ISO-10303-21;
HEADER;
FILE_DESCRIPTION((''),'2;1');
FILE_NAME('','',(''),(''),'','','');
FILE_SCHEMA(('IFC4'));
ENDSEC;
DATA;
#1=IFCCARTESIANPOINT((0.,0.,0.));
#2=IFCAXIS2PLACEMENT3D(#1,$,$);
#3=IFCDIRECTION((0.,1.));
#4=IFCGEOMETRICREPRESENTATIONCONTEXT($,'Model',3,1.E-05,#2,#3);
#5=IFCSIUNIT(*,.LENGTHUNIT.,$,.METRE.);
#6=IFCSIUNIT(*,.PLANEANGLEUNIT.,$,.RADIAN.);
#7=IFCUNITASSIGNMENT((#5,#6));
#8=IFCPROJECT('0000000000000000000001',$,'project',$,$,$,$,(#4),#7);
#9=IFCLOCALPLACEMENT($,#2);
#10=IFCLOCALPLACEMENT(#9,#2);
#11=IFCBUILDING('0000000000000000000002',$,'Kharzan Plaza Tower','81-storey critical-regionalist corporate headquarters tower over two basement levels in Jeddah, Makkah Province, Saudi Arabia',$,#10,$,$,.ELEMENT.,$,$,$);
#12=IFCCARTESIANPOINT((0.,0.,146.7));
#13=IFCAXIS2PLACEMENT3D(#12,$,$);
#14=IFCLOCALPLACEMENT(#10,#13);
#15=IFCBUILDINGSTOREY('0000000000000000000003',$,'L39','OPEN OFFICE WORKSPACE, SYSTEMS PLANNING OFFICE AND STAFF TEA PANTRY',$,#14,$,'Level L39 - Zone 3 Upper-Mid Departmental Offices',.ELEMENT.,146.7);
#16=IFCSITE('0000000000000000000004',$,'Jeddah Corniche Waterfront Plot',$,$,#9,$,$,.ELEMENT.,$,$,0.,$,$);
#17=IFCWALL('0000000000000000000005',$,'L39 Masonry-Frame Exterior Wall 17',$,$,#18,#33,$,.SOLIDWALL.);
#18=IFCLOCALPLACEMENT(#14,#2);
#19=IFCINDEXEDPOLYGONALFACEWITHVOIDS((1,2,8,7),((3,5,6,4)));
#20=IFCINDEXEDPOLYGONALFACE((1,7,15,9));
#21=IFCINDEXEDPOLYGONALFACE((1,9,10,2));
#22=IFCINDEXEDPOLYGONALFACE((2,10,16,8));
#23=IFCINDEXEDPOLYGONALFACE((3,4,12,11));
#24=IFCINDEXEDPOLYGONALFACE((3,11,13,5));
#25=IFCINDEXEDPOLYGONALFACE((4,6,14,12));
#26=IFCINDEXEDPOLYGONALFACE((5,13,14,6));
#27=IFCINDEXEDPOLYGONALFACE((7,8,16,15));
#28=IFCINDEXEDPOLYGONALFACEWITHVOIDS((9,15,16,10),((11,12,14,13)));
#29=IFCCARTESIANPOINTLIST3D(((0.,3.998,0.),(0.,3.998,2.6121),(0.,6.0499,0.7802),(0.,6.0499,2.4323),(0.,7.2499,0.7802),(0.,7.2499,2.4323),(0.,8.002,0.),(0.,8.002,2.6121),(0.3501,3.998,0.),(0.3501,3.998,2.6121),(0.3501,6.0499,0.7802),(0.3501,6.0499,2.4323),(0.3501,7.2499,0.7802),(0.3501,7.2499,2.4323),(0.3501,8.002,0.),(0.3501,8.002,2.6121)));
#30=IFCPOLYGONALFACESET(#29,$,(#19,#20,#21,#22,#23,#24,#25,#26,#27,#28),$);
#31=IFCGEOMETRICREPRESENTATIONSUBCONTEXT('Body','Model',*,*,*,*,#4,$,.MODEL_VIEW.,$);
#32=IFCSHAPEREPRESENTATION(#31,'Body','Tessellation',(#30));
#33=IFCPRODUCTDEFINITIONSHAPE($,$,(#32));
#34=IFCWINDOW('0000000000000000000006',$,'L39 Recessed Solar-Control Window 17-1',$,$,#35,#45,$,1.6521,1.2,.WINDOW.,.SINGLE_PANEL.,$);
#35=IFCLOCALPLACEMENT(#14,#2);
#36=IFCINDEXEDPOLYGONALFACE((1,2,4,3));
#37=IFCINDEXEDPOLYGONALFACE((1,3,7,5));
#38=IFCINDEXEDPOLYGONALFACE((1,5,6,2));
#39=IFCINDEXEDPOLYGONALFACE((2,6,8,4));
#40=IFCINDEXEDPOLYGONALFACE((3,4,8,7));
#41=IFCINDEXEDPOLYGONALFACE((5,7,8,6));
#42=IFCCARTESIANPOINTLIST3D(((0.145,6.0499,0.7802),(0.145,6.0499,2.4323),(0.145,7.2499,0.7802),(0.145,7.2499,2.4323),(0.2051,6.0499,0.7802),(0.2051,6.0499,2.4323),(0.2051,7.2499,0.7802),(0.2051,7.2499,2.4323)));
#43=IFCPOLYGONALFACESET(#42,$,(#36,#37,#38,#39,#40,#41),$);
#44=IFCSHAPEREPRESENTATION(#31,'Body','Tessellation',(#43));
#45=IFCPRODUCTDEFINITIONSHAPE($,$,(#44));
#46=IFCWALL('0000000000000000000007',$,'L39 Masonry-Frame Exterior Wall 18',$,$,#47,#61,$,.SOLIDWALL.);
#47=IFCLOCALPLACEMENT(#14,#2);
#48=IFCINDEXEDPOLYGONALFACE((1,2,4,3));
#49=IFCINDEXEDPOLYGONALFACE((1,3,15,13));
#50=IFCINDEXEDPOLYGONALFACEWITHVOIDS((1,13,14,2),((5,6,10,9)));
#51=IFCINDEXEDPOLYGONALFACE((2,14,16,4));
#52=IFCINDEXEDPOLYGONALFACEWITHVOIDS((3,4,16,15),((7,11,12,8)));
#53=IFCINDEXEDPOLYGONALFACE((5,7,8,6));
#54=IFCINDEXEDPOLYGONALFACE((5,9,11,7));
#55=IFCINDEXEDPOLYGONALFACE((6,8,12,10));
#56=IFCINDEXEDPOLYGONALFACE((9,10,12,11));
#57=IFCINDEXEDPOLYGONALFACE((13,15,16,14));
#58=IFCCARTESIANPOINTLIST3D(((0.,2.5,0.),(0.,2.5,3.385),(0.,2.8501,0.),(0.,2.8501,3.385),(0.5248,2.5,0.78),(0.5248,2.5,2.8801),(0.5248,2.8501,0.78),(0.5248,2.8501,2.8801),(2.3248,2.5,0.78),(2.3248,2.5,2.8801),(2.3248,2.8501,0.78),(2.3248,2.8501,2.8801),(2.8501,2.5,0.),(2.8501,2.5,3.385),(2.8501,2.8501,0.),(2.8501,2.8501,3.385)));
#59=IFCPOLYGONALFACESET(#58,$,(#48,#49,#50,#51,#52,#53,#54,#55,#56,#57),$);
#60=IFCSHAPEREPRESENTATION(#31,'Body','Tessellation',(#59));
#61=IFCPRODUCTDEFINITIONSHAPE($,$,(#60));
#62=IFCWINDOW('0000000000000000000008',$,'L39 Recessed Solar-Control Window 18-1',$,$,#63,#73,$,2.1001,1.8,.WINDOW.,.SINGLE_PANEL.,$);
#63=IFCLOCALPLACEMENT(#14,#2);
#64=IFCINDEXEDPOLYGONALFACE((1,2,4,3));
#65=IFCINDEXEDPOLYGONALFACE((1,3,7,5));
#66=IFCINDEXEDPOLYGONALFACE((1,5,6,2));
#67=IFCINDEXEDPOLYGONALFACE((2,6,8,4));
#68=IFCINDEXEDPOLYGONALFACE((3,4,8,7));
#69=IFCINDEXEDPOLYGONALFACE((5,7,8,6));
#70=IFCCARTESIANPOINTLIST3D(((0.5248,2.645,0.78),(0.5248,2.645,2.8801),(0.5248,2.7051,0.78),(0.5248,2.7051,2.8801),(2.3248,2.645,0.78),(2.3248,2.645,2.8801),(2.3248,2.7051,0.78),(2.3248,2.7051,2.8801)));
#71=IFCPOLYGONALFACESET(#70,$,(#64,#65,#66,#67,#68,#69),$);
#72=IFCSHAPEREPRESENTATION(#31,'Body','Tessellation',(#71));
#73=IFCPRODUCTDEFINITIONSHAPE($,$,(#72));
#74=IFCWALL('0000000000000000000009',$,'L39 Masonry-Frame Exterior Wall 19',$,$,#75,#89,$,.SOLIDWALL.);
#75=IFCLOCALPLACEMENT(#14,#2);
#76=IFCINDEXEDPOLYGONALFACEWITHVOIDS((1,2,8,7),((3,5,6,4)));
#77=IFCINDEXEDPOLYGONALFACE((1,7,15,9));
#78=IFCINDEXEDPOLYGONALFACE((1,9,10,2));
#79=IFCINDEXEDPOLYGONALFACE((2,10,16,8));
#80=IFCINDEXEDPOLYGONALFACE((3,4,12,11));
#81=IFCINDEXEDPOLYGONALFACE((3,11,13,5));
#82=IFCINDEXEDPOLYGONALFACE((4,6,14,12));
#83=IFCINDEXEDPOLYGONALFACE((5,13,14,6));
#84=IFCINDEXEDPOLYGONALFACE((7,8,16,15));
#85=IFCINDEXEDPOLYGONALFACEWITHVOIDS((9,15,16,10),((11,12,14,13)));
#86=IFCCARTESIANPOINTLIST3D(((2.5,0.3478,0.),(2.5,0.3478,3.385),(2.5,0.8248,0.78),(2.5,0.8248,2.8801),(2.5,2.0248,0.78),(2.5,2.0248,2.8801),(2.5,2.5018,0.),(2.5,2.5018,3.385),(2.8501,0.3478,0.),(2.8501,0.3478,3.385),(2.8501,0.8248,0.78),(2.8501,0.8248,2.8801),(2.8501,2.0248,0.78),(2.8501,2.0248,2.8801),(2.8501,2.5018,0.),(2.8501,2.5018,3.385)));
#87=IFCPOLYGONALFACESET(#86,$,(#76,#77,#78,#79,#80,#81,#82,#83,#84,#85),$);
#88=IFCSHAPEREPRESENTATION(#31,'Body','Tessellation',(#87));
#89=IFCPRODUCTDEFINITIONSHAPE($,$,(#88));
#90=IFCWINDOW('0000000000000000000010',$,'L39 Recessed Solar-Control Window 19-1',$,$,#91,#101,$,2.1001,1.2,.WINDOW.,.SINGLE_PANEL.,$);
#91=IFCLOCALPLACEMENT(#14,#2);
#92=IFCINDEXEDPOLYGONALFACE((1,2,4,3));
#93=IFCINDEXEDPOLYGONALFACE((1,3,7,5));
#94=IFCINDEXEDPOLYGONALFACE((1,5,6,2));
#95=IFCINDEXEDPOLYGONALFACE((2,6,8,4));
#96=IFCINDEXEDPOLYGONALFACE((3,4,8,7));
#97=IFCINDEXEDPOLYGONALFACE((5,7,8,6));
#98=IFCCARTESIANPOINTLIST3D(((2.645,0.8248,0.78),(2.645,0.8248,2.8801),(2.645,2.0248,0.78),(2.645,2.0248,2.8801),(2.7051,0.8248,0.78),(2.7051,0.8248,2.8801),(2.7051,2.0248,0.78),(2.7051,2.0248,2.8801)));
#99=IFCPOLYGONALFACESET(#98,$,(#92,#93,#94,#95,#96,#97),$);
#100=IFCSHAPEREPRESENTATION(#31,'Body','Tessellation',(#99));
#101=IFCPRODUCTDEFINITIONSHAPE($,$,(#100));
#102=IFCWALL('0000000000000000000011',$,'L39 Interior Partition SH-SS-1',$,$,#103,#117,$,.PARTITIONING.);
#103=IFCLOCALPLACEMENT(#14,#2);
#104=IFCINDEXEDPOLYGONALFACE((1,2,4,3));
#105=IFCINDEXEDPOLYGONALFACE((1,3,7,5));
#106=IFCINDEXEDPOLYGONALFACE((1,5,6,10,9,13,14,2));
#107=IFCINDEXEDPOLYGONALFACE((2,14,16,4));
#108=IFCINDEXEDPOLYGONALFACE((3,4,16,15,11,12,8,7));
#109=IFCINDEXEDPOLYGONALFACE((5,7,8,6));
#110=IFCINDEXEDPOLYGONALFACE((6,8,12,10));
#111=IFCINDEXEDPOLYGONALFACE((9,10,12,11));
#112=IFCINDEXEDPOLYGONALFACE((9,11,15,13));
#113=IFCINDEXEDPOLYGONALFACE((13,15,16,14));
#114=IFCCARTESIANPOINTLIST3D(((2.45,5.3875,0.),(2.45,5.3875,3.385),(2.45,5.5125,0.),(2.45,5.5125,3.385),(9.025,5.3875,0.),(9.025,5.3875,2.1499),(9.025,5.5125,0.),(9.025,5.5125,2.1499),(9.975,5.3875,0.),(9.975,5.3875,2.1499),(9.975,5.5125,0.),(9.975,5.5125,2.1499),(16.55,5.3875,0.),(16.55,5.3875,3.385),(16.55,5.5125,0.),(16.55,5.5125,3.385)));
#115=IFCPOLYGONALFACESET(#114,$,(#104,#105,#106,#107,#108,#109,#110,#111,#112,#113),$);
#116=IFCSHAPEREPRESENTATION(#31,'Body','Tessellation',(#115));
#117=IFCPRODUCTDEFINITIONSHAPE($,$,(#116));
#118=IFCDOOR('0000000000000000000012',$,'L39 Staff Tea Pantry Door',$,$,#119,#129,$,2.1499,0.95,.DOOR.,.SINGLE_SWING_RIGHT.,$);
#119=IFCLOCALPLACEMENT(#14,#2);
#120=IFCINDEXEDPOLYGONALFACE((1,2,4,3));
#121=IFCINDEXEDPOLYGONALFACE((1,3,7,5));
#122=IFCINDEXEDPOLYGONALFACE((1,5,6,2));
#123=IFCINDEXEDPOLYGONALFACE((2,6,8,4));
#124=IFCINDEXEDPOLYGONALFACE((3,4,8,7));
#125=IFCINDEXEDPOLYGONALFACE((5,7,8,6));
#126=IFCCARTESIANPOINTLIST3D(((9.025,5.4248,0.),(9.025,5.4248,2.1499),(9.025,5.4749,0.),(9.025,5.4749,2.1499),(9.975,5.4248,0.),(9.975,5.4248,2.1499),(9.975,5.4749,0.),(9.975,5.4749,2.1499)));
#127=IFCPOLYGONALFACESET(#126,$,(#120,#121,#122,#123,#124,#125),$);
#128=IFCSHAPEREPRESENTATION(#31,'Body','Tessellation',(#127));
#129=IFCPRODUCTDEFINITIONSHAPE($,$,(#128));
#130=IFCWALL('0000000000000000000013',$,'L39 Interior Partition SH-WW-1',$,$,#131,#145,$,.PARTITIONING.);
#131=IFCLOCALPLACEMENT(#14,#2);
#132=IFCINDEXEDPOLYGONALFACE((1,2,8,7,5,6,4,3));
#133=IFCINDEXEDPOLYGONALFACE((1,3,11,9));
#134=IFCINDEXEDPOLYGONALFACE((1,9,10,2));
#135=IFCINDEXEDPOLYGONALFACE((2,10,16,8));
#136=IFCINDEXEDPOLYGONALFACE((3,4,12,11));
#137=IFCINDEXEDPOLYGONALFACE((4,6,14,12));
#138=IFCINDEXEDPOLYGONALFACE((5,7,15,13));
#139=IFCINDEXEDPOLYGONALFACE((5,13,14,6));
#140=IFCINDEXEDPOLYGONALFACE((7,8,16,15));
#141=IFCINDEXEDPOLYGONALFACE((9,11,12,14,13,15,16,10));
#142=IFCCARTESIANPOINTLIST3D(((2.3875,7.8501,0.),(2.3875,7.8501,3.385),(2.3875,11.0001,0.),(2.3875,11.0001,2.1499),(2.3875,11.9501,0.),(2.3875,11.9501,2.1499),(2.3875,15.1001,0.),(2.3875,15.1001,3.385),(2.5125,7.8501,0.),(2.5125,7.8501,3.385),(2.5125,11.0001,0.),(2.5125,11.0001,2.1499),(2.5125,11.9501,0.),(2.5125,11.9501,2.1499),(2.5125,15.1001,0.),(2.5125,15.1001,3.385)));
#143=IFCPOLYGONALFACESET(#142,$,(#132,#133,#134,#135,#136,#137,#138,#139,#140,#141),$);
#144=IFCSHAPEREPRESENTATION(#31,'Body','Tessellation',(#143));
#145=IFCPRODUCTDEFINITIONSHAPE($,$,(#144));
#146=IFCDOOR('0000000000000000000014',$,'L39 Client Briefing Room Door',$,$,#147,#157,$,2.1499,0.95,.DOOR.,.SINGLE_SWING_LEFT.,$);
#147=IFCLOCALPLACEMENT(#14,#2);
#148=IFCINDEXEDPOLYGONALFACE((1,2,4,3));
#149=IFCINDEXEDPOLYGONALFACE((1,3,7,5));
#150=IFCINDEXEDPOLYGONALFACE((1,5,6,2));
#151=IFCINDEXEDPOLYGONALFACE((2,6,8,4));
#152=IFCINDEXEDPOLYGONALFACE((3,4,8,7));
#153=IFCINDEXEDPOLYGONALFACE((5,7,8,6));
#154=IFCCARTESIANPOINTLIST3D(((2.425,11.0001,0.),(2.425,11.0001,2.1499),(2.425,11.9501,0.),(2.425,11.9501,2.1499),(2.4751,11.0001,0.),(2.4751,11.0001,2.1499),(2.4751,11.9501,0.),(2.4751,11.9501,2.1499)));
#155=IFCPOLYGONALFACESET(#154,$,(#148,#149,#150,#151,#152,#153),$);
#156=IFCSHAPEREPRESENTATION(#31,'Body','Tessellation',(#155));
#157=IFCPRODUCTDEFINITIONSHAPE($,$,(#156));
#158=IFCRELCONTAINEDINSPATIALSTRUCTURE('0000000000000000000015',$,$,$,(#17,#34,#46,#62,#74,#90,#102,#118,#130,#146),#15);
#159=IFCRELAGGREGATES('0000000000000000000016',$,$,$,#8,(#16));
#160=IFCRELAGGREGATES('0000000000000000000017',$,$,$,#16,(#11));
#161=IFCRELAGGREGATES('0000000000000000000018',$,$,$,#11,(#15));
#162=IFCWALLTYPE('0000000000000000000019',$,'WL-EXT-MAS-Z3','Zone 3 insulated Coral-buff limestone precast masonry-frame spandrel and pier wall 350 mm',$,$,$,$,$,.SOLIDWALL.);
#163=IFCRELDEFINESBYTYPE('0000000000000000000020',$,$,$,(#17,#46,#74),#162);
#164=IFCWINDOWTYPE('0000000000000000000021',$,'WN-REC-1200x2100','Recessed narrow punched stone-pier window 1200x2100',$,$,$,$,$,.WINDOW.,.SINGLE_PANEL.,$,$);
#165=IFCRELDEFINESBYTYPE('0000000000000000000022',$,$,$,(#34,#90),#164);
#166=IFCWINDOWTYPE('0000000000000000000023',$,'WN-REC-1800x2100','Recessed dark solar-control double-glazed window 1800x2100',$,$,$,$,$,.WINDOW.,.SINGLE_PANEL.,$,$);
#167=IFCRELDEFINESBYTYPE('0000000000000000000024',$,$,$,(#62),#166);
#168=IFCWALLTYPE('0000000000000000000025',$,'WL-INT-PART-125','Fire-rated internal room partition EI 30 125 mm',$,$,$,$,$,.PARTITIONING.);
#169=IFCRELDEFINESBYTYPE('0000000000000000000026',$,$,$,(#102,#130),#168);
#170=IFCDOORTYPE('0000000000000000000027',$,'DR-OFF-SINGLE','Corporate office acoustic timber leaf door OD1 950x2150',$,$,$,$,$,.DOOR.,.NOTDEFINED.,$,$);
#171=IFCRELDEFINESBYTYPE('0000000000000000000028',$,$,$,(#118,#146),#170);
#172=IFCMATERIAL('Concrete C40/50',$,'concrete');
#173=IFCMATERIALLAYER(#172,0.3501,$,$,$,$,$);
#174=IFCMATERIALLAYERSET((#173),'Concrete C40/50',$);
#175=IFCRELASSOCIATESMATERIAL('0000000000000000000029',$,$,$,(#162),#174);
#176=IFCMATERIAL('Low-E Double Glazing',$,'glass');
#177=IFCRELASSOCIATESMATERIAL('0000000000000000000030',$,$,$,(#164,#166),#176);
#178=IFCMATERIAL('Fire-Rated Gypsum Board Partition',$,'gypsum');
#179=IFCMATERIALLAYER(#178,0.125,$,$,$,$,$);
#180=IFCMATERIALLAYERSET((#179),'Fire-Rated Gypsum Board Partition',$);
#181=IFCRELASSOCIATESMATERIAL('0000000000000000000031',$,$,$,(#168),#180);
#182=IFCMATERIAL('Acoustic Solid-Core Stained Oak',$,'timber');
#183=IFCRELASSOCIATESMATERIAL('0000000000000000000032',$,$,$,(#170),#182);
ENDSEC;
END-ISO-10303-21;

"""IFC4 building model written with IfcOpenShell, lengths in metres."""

from ifc_helpers import new_model, si_unit, direction, frame, frame_2d, origin, place, context, subcontext, project, spatial, rectangle, extrude, source, transform, mapped, material, layer, layer_set, type_object, element, fill, save


model = new_model("IFC4")

# Units and contexts
model_context = context("Model", 3, precision=1e-05, world=origin(), true_north=direction((0.0, 1.0)))
body_context = subcontext(model_context, "Body", "Model", "MODEL_VIEW")
ifc_project = project(units=[si_unit("LENGTHUNIT", "METRE"), si_unit("PLANEANGLEUNIT", "RADIAN")], contexts=[model_context])

# Site, building, storey
site_placement = place(None, origin())
site = spatial("IfcSite", under=ifc_project, at=site_placement, Name="Jeddah Corniche Waterfront Plot", CompositionType="ELEMENT", RefElevation=0.0)
building_placement = place(site_placement, origin())
building = spatial("IfcBuilding", under=site, at=building_placement, Name="Kharzan Plaza Tower", Description="81-storey critical-regionalist corporate headquarters tower over two basement levels in Jeddah, Makkah Province, Saudi Arabia", CompositionType="ELEMENT")
storey_placement = place(building_placement, frame((0.0, 0.0, 146.7)))
storey = spatial("IfcBuildingStorey", under=building, at=storey_placement, Name="L39", Description="OPEN OFFICE WORKSPACE, SYSTEMS PLANNING OFFICE AND STAFF TEA PANTRY", LongName="Level L39 - Zone 3 Upper-Mid Departmental Offices", CompositionType="ELEMENT", Elevation=146.7)

# Shared definitions
ifc_material_1 = material(Name="Concrete C40/50", Category="concrete")

# Walls, openings, windows
ifc_layer_1 = layer(ifc_material_1, 0.3501)
ifc_layer_set_1 = layer_set([ifc_layer_1], Name="Concrete C40/50")
wall_type_1 = type_object("IfcWallType", Name="WL-EXT-MAS-Z3", Description="Zone 3 insulated Coral-buff limestone precast masonry-frame spandrel and pier wall 350 mm", PredefinedType="SOLIDWALL", material=ifc_layer_set_1)
wall_1_placement = place(storey_placement, frame((0.175, 8.002, 0.0), z_axis=(0.0, 0.0, 1.0), x_axis=(0.0, -1.0, 0.0)))
wall_1 = element("IfcWall", 1, at=wall_1_placement, inside=storey, type_object=wall_type_1, Name="L39 Masonry-Frame Exterior Wall 17", PredefinedType="SOLIDWALL", context=body_context, shape_type="SweptSolid", body=[
    extrude(rectangle(XDim=4.0039, YDim=0.3501, at=frame_2d((2.002, 0.0))), origin(), (0.0, 0.0, 1.0), 2.6121),
])
opening_1_placement = place(wall_1_placement, frame((0.752, 0.0, 0.78)))
opening_1 = element("IfcOpeningElement", 2, at=opening_1_placement, cuts=wall_1, PredefinedType="OPENING", context=body_context, shape_type="SweptSolid", body=[
    extrude(rectangle(XDim=1.2, YDim=1.6521, at=frame_2d((0.6001, 0.8262))), frame((0.0, 0.1851, 0.0), z_axis=(0.0, -1.0, 0.0), x_axis=(1.0, 0.0, 0.0)), (0.0, 0.0, 1.0), 0.3701),
])
ifc_material_2 = material(Name="Low-E Double Glazing", Category="glass")
window_type_1 = type_object("IfcWindowType", Name="WN-REC-1200x2100", Description="Recessed narrow punched stone-pier window 1200x2100", PartitioningType="SINGLE_PANEL", PredefinedType="WINDOW", material=ifc_material_2)
shared_shape_1 = source(origin(), body_context, "Body", "SweptSolid", [
    extrude(rectangle(XDim=1.2, YDim=1.6521, at=frame_2d((0.6001, 0.8262))), frame((0.0, 0.03, 0.0), z_axis=(0.0, -1.0, 0.0), x_axis=(1.0, 0.0, 0.0)), (0.0, 0.0, 1.0), 0.0601),
])
window_1_placement = place(opening_1_placement, origin())
window_1 = element("IfcWindow", 3, at=window_1_placement, inside=storey, type_object=window_type_1, Name="L39 Recessed Solar-Control Window 17-1", OverallHeight=1.6521, OverallWidth=1.2, PartitioningType="SINGLE_PANEL", PredefinedType="WINDOW", context=body_context, shape_type="MappedRepresentation", body=[
    mapped(shared_shape_1, transform((0.0, 0.0, 0.0), x_axis=(1.0, 0.0, 0.0), y_axis=(0.0, 1.0, 0.0), z_axis=(0.0, 0.0, 1.0))),
])
fill(opening_1, window_1)
wall_2_placement = place(storey_placement, frame((0.0, 2.675, 0.0), z_axis=(0.0, 0.0, 1.0), x_axis=(1.0, 0.0, 0.0)))
wall_2 = element("IfcWall", 4, at=wall_2_placement, inside=storey, type_object=wall_type_1, Name="L39 Masonry-Frame Exterior Wall 18", PredefinedType="SOLIDWALL", context=body_context, shape_type="SweptSolid", body=[
    extrude(rectangle(XDim=2.8501, YDim=0.3501, at=frame_2d((1.425, 0.0))), origin(), (0.0, 0.0, 1.0), 3.385),
])
opening_2_placement = place(wall_2_placement, frame((0.5249, 0.0, 0.78)))
opening_2 = element("IfcOpeningElement", 5, at=opening_2_placement, cuts=wall_2, PredefinedType="OPENING", context=body_context, shape_type="SweptSolid", body=[
    extrude(rectangle(XDim=1.8, YDim=2.1001, at=frame_2d((0.8999, 1.05))), frame((0.0, 0.1851, 0.0), z_axis=(0.0, -1.0, 0.0), x_axis=(1.0, 0.0, 0.0)), (0.0, 0.0, 1.0), 0.3701),
])
window_type_2 = type_object("IfcWindowType", Name="WN-REC-1800x2100", Description="Recessed dark solar-control double-glazed window 1800x2100", PartitioningType="SINGLE_PANEL", PredefinedType="WINDOW", material=ifc_material_2)
shared_shape_2 = source(origin(), body_context, "Body", "SweptSolid", [
    extrude(rectangle(XDim=1.8, YDim=2.1001, at=frame_2d((0.8999, 1.05))), frame((0.0, 0.03, 0.0), z_axis=(0.0, -1.0, 0.0), x_axis=(1.0, 0.0, 0.0)), (0.0, 0.0, 1.0), 0.0601),
])
window_2_placement = place(opening_2_placement, origin())
window_2 = element("IfcWindow", 6, at=window_2_placement, inside=storey, type_object=window_type_2, Name="L39 Recessed Solar-Control Window 18-1", OverallHeight=2.1001, OverallWidth=1.8, PartitioningType="SINGLE_PANEL", PredefinedType="WINDOW", context=body_context, shape_type="MappedRepresentation", body=[
    mapped(shared_shape_2, transform((0.0, 0.0, 0.0), x_axis=(1.0, 0.0, 0.0), y_axis=(0.0, 1.0, 0.0), z_axis=(0.0, 0.0, 1.0))),
])
fill(opening_2, window_2)
wall_3_placement = place(storey_placement, frame((2.675, 2.502, 0.0), z_axis=(0.0, 0.0, 1.0), x_axis=(0.0, -1.0, 0.0)))
wall_3 = element("IfcWall", 7, at=wall_3_placement, inside=storey, type_object=wall_type_1, Name="L39 Masonry-Frame Exterior Wall 19", PredefinedType="SOLIDWALL", context=body_context, shape_type="SweptSolid", body=[
    extrude(rectangle(XDim=2.1541, YDim=0.3501, at=frame_2d((1.0771, 0.0))), origin(), (0.0, 0.0, 1.0), 3.385),
])
opening_3_placement = place(wall_3_placement, frame((0.4771, 0.0, 0.78)))
opening_3 = element("IfcOpeningElement", 8, at=opening_3_placement, cuts=wall_3, PredefinedType="OPENING", context=body_context, shape_type="SweptSolid", body=[
    extrude(rectangle(XDim=1.2, YDim=2.1001, at=frame_2d((0.6001, 1.05))), frame((0.0, 0.1851, 0.0), z_axis=(0.0, -1.0, 0.0), x_axis=(1.0, 0.0, 0.0)), (0.0, 0.0, 1.0), 0.3701),
])
shared_shape_3 = source(origin(), body_context, "Body", "SweptSolid", [
    extrude(rectangle(XDim=1.2, YDim=2.1001, at=frame_2d((0.6001, 1.05))), frame((0.0, 0.03, 0.0), z_axis=(0.0, -1.0, 0.0), x_axis=(1.0, 0.0, 0.0)), (0.0, 0.0, 1.0), 0.0601),
])
window_3_placement = place(opening_3_placement, origin())
window_3 = element("IfcWindow", 9, at=window_3_placement, inside=storey, type_object=window_type_1, Name="L39 Recessed Solar-Control Window 19-1", OverallHeight=2.1001, OverallWidth=1.2, PartitioningType="SINGLE_PANEL", PredefinedType="WINDOW", context=body_context, shape_type="MappedRepresentation", body=[
    mapped(shared_shape_3, transform((0.0, 0.0, 0.0), x_axis=(1.0, 0.0, 0.0), y_axis=(0.0, 1.0, 0.0), z_axis=(0.0, 0.0, 1.0))),
])
fill(opening_3, window_3)

# Walls, openings, doors
ifc_material_3 = material(Name="Fire-Rated Gypsum Board Partition", Category="gypsum")
ifc_layer_2 = layer(ifc_material_3, 0.125)
ifc_layer_set_2 = layer_set([ifc_layer_2], Name="Fire-Rated Gypsum Board Partition")
wall_type_2 = type_object("IfcWallType", Name="WL-INT-PART-125", Description="Fire-rated internal room partition EI 30 125 mm", PredefinedType="PARTITIONING", material=ifc_layer_set_2)
wall_4_placement = place(storey_placement, frame((2.45, 5.45, 0.0), z_axis=(0.0, 0.0, 1.0), x_axis=(1.0, 0.0, 0.0)))
wall_4 = element("IfcWall", 10, at=wall_4_placement, inside=storey, type_object=wall_type_2, Name="L39 Interior Partition SH-SS-1", PredefinedType="PARTITIONING", context=body_context, shape_type="SweptSolid", body=[
    extrude(rectangle(XDim=14.1001, YDim=0.125, at=frame_2d((7.05, 0.0))), origin(), (0.0, 0.0, 1.0), 3.385),
])
opening_4_placement = place(wall_4_placement, frame((6.575, 0.0, 0.0)))
opening_4 = element("IfcOpeningElement", 11, at=opening_4_placement, cuts=wall_4, PredefinedType="OPENING", context=body_context, shape_type="SweptSolid", body=[
    extrude(rectangle(XDim=0.95, YDim=2.1499, at=frame_2d((0.4751, 1.075))), frame((0.0, 0.0725, 0.0), z_axis=(0.0, -1.0, 0.0), x_axis=(1.0, 0.0, 0.0)), (0.0, 0.0, 1.0), 0.145),
])
ifc_material_4 = material(Name="Acoustic Solid-Core Stained Oak", Category="timber")
door_type = type_object("IfcDoorType", Name="DR-OFF-SINGLE", Description="Corporate office acoustic timber leaf door OD1 950x2150", OperationType="NOTDEFINED", PredefinedType="DOOR", material=ifc_material_4)
shared_shape_4 = source(origin(), body_context, "Body", "SweptSolid", [
    extrude(rectangle(XDim=0.95, YDim=2.1499, at=frame_2d((0.4751, 1.075))), frame((0.0, 0.0249, 0.0), z_axis=(0.0, -1.0, 0.0), x_axis=(1.0, 0.0, 0.0)), (0.0, 0.0, 1.0), 0.05),
])
door_1_placement = place(opening_4_placement, origin())
door_1 = element("IfcDoor", 12, at=door_1_placement, inside=storey, type_object=door_type, Name="L39 Staff Tea Pantry Door", OperationType="SINGLE_SWING_RIGHT", OverallHeight=2.1499, OverallWidth=0.95, PredefinedType="DOOR", context=body_context, shape_type="MappedRepresentation", body=[
    mapped(shared_shape_4, transform((0.0, 0.0, 0.0), x_axis=(1.0, 0.0, 0.0), y_axis=(0.0, 1.0, 0.0), z_axis=(0.0, 0.0, 1.0))),
])
fill(opening_4, door_1)
wall_5_placement = place(storey_placement, frame((2.45, 7.8501, 0.0), z_axis=(0.0, 0.0, 1.0), x_axis=(0.0, 1.0, 0.0)))
wall_5 = element("IfcWall", 13, at=wall_5_placement, inside=storey, type_object=wall_type_2, Name="L39 Interior Partition SH-WW-1", PredefinedType="PARTITIONING", context=body_context, shape_type="SweptSolid", body=[
    extrude(rectangle(XDim=7.25, YDim=0.125, at=frame_2d((3.625, 0.0))), origin(), (0.0, 0.0, 1.0), 3.385),
])
opening_5_placement = place(wall_5_placement, frame((3.1499, 0.0, 0.0)))
opening_5 = element("IfcOpeningElement", 14, at=opening_5_placement, cuts=wall_5, PredefinedType="OPENING", context=body_context, shape_type="SweptSolid", body=[
    extrude(rectangle(XDim=0.95, YDim=2.1499, at=frame_2d((0.4751, 1.075))), frame((0.0, 0.0725, 0.0), z_axis=(0.0, -1.0, 0.0), x_axis=(1.0, 0.0, 0.0)), (0.0, 0.0, 1.0), 0.145),
])
door_2_placement = place(opening_5_placement, origin())
door_2 = element("IfcDoor", 15, at=door_2_placement, inside=storey, type_object=door_type, Name="L39 Client Briefing Room Door", OperationType="SINGLE_SWING_LEFT", OverallHeight=2.1499, OverallWidth=0.95, PredefinedType="DOOR", context=body_context, shape_type="MappedRepresentation", body=[
    mapped(shared_shape_4, transform((0.0, 0.0, 0.0), x_axis=(1.0, 0.0, 0.0), y_axis=(0.0, 1.0, 0.0), z_axis=(0.0, 0.0, 1.0))),
])
fill(opening_5, door_2)

save(model, "model.ifc")
